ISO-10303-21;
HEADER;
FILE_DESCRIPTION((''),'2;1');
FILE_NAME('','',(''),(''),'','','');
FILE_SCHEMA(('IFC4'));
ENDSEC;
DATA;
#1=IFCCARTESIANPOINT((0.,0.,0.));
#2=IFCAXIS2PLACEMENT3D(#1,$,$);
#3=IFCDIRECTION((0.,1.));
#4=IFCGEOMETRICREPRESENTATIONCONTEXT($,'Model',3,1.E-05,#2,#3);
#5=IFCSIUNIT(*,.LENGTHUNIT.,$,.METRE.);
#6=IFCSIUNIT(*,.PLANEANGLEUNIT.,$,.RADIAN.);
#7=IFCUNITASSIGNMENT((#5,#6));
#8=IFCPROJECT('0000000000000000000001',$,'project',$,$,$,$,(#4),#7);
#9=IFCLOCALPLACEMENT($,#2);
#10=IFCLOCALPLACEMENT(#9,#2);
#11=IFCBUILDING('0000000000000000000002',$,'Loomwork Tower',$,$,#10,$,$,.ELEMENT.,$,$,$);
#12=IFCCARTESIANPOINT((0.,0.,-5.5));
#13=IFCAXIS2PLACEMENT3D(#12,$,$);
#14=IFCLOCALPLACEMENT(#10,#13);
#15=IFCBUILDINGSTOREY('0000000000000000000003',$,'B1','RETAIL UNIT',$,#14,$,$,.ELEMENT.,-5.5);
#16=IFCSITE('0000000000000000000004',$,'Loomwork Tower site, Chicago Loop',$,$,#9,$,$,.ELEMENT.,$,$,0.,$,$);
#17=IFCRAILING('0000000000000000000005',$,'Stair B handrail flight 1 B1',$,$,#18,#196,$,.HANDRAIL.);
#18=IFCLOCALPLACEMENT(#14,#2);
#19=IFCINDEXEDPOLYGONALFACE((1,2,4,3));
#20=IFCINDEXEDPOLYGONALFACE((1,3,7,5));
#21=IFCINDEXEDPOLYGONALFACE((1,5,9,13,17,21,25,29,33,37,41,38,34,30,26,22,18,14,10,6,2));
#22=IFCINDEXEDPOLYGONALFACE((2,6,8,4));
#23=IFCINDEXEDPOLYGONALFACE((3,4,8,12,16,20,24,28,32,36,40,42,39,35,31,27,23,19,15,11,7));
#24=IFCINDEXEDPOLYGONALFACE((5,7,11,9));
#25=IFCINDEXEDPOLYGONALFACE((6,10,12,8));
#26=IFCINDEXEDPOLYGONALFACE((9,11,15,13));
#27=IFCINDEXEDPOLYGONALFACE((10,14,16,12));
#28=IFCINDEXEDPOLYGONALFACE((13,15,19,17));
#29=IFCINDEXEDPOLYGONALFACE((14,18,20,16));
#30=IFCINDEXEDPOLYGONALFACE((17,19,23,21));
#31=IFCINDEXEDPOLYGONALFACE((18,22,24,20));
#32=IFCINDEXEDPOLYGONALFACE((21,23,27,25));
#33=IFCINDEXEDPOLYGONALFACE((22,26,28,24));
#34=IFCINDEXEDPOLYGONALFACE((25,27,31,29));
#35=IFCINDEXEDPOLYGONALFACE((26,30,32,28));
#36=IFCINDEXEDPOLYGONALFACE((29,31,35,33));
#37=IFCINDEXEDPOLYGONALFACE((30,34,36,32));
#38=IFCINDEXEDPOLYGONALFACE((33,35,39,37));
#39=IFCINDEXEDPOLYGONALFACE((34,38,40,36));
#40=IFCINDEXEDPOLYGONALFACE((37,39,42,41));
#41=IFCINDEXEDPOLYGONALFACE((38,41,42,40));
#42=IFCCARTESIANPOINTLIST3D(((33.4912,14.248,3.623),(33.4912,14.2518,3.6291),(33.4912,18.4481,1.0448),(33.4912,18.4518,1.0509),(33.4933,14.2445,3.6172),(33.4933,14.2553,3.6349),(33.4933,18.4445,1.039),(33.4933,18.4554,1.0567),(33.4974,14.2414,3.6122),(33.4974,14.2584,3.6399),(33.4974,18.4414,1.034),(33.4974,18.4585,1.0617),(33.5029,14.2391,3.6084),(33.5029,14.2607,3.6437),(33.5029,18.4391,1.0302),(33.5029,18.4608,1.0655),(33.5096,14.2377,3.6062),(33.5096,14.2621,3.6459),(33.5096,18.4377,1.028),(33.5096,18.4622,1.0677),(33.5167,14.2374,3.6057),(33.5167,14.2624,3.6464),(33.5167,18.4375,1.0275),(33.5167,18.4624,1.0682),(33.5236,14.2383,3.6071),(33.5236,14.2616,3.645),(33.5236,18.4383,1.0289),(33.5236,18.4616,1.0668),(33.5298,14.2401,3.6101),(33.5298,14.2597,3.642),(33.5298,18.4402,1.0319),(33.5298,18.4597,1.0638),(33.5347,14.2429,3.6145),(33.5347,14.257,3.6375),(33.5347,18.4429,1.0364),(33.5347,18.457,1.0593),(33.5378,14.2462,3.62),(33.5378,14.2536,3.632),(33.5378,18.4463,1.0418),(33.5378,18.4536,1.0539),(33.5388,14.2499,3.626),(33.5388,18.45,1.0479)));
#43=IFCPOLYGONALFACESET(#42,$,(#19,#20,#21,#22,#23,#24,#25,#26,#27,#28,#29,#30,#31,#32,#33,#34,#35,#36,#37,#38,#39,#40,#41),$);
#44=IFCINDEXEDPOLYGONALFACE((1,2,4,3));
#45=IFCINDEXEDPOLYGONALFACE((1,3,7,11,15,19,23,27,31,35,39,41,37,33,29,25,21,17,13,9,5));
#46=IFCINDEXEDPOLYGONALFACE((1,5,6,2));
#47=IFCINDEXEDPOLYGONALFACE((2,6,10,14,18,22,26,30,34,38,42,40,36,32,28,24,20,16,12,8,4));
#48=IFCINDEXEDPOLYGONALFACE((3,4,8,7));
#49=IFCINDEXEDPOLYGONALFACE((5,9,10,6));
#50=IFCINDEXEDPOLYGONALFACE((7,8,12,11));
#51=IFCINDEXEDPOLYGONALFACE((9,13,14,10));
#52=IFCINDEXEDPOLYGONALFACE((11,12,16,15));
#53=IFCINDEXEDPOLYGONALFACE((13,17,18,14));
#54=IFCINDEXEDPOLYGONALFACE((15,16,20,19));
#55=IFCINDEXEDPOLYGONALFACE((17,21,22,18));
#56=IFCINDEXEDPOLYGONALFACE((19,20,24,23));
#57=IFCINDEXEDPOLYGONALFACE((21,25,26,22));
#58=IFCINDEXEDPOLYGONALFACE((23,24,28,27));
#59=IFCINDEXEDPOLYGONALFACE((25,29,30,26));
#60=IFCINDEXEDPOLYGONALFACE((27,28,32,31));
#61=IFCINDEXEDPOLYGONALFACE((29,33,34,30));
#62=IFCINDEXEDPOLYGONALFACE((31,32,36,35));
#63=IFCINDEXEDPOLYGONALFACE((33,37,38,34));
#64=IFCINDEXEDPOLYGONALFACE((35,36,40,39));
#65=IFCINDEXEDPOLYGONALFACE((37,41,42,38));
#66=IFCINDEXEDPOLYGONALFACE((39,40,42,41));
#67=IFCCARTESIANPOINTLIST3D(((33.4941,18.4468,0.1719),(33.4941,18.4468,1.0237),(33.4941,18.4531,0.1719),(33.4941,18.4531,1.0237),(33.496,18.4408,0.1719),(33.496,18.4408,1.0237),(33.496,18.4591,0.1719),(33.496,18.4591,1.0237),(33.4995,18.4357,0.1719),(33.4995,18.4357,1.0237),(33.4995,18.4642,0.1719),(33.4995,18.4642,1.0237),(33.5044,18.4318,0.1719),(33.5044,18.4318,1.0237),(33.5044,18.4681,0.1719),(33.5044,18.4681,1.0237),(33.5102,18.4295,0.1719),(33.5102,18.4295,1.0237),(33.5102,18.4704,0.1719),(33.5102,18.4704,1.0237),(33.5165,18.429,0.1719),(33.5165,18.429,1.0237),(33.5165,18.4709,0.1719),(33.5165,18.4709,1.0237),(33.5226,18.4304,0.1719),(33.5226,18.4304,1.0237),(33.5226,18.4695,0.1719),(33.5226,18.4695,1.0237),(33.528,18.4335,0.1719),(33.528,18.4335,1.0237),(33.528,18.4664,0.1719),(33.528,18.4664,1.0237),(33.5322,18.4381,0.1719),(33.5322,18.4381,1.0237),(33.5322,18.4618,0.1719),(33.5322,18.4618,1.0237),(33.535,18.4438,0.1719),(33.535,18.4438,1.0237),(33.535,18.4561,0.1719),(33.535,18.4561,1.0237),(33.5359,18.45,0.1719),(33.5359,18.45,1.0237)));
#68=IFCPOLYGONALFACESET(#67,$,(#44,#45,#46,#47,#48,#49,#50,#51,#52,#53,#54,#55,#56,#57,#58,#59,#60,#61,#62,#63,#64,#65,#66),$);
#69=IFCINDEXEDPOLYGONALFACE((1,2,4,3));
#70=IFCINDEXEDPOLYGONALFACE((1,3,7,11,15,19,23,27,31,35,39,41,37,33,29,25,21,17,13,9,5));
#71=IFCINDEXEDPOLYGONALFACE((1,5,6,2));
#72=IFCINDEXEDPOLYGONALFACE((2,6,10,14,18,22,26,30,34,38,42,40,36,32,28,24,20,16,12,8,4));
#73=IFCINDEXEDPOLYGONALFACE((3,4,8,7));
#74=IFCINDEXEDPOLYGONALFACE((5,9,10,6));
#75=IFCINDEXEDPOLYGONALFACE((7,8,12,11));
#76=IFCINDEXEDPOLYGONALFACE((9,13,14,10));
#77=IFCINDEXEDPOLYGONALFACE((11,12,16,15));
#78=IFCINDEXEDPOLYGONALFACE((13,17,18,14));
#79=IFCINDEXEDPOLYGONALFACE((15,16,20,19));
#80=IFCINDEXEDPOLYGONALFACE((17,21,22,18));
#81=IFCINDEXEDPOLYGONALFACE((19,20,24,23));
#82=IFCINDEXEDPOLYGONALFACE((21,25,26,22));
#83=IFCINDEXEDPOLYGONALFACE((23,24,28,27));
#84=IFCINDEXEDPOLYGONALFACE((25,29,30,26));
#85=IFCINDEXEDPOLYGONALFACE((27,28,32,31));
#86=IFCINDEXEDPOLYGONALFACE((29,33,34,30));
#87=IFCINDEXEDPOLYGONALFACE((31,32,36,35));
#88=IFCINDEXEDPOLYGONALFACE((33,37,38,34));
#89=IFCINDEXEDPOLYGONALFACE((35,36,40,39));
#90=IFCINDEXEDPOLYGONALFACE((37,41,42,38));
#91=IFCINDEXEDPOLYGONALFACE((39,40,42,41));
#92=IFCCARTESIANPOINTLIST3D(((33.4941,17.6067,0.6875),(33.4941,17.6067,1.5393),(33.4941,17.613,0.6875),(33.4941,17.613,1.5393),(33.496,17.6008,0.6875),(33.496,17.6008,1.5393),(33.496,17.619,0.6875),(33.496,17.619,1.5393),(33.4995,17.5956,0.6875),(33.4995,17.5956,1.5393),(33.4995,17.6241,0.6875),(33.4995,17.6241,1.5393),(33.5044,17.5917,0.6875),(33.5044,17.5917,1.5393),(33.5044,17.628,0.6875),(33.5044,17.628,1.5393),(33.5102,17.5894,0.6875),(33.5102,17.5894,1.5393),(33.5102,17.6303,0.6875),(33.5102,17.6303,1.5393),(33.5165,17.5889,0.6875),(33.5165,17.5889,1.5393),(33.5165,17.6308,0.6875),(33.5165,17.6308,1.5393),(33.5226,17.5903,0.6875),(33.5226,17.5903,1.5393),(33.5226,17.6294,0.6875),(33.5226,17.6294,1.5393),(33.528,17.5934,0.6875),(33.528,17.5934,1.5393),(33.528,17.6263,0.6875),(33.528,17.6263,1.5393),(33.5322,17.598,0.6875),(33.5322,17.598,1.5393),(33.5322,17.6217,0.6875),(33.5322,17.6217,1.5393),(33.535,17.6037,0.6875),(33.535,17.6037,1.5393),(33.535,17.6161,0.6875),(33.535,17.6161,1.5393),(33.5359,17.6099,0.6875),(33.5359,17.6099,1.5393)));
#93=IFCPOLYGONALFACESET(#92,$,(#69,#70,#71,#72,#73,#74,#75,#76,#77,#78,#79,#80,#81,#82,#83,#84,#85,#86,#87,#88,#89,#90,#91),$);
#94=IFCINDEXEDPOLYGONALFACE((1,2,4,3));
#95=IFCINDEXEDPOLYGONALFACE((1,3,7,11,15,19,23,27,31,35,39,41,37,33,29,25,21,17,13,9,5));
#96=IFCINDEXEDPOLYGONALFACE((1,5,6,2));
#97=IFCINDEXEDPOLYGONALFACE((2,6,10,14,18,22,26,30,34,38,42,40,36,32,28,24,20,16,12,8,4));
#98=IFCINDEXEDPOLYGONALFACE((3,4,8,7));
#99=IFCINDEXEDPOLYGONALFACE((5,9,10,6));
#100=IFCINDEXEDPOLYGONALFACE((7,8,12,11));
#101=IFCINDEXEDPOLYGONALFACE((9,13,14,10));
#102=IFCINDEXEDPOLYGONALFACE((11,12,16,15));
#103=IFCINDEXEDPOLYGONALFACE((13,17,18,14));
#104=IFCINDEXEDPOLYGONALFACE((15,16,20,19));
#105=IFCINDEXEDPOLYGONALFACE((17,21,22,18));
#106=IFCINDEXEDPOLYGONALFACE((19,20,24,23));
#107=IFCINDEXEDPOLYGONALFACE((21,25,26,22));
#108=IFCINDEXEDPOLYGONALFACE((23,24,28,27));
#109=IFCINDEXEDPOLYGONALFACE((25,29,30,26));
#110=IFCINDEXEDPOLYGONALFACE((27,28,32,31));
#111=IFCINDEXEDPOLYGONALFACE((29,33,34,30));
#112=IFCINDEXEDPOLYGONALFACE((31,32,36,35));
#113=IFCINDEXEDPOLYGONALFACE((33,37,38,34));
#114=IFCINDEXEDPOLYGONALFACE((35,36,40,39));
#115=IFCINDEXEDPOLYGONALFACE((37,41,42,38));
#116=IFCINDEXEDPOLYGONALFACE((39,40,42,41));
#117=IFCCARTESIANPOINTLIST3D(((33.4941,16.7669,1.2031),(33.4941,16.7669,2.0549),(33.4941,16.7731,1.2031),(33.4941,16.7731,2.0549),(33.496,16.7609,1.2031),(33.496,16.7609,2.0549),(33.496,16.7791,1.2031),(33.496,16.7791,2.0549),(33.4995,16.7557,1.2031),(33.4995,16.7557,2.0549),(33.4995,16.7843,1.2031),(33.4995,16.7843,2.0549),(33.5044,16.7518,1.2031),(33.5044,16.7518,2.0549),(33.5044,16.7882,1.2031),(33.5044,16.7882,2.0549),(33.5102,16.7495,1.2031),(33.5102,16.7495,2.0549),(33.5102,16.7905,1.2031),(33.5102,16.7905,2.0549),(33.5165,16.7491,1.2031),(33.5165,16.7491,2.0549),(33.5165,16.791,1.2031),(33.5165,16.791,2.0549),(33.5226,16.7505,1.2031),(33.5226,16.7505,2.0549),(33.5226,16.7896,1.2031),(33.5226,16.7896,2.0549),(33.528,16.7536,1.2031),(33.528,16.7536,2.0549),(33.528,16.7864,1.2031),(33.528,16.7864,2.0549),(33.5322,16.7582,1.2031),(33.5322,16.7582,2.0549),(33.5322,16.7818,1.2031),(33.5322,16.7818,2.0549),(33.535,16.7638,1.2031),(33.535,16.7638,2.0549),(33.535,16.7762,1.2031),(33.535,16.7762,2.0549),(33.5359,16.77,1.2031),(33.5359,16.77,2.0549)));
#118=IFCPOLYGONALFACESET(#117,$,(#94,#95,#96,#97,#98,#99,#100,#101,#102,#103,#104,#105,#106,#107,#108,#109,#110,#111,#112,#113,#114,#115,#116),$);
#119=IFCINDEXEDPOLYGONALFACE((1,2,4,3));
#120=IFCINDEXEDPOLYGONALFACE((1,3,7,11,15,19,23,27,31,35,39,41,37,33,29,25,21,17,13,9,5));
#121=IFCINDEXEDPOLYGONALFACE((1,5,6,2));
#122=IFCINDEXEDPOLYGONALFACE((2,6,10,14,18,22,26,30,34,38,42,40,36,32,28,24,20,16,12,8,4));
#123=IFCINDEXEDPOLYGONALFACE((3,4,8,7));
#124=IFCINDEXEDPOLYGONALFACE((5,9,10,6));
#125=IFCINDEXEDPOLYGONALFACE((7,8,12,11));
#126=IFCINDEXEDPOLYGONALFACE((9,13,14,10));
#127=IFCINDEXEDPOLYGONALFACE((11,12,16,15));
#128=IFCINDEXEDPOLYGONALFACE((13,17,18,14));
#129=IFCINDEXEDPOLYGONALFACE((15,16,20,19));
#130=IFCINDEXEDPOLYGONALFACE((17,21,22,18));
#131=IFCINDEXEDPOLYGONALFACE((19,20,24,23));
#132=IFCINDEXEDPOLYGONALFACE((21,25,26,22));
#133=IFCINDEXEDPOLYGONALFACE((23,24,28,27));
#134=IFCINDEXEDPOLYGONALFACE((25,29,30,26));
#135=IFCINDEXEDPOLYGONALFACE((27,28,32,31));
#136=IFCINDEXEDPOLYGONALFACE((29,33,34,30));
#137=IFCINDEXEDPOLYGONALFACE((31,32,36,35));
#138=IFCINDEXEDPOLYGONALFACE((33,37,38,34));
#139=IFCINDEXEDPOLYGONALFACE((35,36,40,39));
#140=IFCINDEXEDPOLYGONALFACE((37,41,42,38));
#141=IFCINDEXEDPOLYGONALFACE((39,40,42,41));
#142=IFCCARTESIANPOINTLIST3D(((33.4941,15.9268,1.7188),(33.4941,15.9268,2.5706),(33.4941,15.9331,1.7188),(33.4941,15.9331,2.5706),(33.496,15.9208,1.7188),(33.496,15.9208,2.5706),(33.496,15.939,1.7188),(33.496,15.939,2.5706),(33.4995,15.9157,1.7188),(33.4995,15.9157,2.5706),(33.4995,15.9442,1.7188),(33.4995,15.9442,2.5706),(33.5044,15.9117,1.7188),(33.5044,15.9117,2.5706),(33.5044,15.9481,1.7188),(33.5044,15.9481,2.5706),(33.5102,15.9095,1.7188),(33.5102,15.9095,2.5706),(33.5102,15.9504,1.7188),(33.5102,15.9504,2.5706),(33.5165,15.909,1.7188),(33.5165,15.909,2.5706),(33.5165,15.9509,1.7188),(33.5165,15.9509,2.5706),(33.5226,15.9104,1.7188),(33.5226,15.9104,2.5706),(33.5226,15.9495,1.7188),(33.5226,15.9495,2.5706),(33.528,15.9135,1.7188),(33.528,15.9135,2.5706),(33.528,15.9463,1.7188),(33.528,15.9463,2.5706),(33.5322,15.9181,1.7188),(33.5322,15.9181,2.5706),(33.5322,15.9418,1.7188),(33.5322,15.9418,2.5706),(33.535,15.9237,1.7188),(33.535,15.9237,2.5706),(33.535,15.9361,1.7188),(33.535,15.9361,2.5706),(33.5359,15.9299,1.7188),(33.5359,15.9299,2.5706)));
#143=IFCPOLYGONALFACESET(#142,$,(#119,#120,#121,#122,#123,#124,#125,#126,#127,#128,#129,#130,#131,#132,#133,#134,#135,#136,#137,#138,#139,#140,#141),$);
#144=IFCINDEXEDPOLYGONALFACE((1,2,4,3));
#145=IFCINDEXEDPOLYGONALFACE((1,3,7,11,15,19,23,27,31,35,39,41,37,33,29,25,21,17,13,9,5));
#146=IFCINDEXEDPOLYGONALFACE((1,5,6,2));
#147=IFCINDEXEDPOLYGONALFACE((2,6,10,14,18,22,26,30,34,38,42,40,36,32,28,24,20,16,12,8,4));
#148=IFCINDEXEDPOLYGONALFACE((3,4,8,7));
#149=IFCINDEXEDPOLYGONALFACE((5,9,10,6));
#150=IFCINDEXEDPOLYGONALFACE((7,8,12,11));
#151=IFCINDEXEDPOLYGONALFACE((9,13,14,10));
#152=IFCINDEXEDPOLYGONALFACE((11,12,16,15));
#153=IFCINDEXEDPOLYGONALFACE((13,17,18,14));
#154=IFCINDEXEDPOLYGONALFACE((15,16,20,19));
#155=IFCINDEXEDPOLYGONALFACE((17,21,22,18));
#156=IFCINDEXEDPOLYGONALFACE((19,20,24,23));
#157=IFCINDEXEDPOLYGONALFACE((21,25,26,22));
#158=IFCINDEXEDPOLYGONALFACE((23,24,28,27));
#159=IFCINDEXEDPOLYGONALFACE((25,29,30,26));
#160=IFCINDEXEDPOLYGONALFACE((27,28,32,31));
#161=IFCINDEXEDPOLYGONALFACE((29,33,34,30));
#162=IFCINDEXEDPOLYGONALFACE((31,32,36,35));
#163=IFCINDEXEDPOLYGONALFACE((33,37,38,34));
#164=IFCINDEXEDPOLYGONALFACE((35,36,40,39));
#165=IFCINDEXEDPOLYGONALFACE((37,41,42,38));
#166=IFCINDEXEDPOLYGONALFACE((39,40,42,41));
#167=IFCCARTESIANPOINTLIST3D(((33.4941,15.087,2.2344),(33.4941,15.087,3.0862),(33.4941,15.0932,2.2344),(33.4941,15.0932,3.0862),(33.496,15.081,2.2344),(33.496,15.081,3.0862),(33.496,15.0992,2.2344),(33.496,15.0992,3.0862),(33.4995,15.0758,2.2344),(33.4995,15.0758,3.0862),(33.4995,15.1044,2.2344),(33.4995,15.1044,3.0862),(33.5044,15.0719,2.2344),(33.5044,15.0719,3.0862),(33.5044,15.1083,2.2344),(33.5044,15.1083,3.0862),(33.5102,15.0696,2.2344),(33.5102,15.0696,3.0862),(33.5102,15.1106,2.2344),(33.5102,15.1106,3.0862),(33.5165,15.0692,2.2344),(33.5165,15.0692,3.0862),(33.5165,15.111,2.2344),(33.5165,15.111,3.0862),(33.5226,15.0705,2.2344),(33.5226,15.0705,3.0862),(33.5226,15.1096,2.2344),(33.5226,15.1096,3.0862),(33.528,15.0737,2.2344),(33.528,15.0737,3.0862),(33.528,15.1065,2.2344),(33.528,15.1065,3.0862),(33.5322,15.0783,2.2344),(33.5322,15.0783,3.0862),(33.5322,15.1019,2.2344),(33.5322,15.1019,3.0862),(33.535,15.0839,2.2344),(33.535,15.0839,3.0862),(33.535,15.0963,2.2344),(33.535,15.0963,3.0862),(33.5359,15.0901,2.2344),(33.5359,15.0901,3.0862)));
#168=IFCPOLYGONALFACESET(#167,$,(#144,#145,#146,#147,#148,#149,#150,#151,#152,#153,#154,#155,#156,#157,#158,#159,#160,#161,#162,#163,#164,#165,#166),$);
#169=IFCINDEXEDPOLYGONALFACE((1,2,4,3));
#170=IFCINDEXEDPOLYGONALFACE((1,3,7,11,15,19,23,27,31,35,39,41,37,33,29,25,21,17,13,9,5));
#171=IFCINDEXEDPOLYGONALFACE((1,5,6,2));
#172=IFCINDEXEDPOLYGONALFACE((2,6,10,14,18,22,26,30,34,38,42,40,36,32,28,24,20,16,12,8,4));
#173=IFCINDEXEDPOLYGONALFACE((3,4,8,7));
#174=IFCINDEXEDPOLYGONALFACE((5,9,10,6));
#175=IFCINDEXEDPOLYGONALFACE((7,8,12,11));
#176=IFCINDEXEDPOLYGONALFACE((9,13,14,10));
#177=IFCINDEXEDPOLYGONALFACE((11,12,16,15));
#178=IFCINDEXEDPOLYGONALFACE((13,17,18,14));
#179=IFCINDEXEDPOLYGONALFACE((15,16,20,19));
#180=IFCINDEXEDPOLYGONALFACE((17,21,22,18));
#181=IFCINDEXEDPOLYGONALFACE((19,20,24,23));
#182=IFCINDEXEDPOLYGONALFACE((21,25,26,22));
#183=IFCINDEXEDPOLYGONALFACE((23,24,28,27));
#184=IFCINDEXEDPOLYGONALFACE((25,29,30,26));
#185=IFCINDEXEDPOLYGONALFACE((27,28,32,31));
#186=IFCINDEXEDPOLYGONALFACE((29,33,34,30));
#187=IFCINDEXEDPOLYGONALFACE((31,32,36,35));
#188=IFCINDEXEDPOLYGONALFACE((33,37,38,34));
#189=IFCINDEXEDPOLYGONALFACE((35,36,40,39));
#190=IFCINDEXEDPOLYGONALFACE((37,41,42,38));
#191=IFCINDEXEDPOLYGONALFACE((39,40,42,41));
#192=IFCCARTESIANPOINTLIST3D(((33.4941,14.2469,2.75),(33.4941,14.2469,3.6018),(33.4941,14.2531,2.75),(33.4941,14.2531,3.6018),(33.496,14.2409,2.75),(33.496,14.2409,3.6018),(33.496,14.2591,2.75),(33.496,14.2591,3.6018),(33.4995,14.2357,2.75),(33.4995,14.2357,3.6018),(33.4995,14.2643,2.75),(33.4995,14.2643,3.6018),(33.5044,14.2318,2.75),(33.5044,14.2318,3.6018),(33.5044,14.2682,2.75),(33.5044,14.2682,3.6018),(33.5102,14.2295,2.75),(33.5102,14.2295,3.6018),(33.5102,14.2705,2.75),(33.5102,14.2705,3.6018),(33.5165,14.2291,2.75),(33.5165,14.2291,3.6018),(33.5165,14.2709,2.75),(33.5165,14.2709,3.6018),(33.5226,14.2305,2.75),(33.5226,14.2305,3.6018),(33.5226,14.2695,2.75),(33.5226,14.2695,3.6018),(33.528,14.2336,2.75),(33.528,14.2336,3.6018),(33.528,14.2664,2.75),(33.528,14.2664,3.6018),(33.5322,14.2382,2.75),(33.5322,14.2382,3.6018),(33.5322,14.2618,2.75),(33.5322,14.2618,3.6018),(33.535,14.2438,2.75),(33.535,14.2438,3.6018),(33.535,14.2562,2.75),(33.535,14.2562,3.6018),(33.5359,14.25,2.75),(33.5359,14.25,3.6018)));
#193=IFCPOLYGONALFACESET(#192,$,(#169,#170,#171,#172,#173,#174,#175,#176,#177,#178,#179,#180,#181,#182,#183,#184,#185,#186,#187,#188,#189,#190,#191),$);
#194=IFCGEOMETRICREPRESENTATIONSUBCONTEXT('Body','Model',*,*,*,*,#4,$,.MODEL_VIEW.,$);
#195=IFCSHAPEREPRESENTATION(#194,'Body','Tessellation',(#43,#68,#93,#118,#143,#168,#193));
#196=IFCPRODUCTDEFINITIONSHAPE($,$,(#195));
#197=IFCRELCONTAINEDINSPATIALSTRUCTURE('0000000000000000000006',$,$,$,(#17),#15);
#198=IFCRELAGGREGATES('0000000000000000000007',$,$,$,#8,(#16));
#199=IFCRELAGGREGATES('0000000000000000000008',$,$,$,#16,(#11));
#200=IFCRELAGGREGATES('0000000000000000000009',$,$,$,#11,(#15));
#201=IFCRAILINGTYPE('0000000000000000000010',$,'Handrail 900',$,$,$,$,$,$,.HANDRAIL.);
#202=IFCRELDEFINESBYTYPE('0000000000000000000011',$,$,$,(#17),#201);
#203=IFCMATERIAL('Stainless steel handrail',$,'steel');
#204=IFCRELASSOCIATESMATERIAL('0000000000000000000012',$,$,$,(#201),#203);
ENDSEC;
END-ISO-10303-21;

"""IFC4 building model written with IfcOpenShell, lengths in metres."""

from ifc_helpers import new_model, si_unit, direction, frame, origin, origin_2d, place, context, subcontext, project, spatial, circle, extrude, material, type_object, element, save


model = new_model("IFC4")

# Units and contexts
model_context = context("Model", 3, precision=1e-05, world=origin(), true_north=direction((0.0, 1.0)))
body_context = subcontext(model_context, "Body", "Model", "MODEL_VIEW")
ifc_project = project(units=[si_unit("LENGTHUNIT", "METRE"), si_unit("PLANEANGLEUNIT", "RADIAN")], contexts=[model_context])

# Site, building, storey
site_placement = place(None, origin())
site = spatial("IfcSite", under=ifc_project, at=site_placement, Name="Loomwork Tower site, Chicago Loop", CompositionType="ELEMENT", RefElevation=0.0)
building_placement = place(site_placement, origin())
building = spatial("IfcBuilding", under=site, at=building_placement, Name="Loomwork Tower", CompositionType="ELEMENT")
storey_placement = place(building_placement, frame((0.0, 0.0, -5.5)))
storey = spatial("IfcBuildingStorey", under=building, at=storey_placement, Name="B1", Description="RETAIL UNIT", CompositionType="ELEMENT", Elevation=-5.5)

# Railing
ifc_material_1 = material(Name="Stainless steel handrail", Category="steel")
railing_type = type_object("IfcRailingType", Name="Handrail 900", PredefinedType="HANDRAIL", material=ifc_material_1)
railing_1_placement = place(storey_placement, frame((33.5149, 18.45, 0.1719)))
element("IfcRailing", 1, at=railing_1_placement, inside=storey, type_object=railing_type, Name="Stair B handrail flight 1 B1", PredefinedType="HANDRAIL", context=body_context, shape_type="SweptSolid", body=[
    extrude(circle(Radius=0.0239, at=origin_2d()), frame((0.0, 0.0, 0.876), z_axis=(0.0, -0.852243, 0.523146), x_axis=(1.0, 0.0, 0.0)), (0.0, 0.0, 1.0), 4.9282),
    extrude(circle(Radius=0.021, at=origin_2d()), origin(), (0.0, 0.0, 1.0), 0.8518),
    extrude(circle(Radius=0.021, at=origin_2d()), frame((0.0, -0.8401, 0.5156)), (0.0, 0.0, 1.0), 0.8518),
    extrude(circle(Radius=0.021, at=origin_2d()), frame((0.0, -1.6799, 1.0312)), (0.0, 0.0, 1.0), 0.8518),
    extrude(circle(Radius=0.021, at=origin_2d()), frame((0.0, -2.52, 1.5469)), (0.0, 0.0, 1.0), 0.8518),
    extrude(circle(Radius=0.021, at=origin_2d()), frame((0.0, -3.3599, 2.0625)), (0.0, 0.0, 1.0), 0.8518),
    extrude(circle(Radius=0.021, at=origin_2d()), frame((0.0, -4.2, 2.5781)), (0.0, 0.0, 1.0), 0.8518),
])

save(model, "model.ifc")
